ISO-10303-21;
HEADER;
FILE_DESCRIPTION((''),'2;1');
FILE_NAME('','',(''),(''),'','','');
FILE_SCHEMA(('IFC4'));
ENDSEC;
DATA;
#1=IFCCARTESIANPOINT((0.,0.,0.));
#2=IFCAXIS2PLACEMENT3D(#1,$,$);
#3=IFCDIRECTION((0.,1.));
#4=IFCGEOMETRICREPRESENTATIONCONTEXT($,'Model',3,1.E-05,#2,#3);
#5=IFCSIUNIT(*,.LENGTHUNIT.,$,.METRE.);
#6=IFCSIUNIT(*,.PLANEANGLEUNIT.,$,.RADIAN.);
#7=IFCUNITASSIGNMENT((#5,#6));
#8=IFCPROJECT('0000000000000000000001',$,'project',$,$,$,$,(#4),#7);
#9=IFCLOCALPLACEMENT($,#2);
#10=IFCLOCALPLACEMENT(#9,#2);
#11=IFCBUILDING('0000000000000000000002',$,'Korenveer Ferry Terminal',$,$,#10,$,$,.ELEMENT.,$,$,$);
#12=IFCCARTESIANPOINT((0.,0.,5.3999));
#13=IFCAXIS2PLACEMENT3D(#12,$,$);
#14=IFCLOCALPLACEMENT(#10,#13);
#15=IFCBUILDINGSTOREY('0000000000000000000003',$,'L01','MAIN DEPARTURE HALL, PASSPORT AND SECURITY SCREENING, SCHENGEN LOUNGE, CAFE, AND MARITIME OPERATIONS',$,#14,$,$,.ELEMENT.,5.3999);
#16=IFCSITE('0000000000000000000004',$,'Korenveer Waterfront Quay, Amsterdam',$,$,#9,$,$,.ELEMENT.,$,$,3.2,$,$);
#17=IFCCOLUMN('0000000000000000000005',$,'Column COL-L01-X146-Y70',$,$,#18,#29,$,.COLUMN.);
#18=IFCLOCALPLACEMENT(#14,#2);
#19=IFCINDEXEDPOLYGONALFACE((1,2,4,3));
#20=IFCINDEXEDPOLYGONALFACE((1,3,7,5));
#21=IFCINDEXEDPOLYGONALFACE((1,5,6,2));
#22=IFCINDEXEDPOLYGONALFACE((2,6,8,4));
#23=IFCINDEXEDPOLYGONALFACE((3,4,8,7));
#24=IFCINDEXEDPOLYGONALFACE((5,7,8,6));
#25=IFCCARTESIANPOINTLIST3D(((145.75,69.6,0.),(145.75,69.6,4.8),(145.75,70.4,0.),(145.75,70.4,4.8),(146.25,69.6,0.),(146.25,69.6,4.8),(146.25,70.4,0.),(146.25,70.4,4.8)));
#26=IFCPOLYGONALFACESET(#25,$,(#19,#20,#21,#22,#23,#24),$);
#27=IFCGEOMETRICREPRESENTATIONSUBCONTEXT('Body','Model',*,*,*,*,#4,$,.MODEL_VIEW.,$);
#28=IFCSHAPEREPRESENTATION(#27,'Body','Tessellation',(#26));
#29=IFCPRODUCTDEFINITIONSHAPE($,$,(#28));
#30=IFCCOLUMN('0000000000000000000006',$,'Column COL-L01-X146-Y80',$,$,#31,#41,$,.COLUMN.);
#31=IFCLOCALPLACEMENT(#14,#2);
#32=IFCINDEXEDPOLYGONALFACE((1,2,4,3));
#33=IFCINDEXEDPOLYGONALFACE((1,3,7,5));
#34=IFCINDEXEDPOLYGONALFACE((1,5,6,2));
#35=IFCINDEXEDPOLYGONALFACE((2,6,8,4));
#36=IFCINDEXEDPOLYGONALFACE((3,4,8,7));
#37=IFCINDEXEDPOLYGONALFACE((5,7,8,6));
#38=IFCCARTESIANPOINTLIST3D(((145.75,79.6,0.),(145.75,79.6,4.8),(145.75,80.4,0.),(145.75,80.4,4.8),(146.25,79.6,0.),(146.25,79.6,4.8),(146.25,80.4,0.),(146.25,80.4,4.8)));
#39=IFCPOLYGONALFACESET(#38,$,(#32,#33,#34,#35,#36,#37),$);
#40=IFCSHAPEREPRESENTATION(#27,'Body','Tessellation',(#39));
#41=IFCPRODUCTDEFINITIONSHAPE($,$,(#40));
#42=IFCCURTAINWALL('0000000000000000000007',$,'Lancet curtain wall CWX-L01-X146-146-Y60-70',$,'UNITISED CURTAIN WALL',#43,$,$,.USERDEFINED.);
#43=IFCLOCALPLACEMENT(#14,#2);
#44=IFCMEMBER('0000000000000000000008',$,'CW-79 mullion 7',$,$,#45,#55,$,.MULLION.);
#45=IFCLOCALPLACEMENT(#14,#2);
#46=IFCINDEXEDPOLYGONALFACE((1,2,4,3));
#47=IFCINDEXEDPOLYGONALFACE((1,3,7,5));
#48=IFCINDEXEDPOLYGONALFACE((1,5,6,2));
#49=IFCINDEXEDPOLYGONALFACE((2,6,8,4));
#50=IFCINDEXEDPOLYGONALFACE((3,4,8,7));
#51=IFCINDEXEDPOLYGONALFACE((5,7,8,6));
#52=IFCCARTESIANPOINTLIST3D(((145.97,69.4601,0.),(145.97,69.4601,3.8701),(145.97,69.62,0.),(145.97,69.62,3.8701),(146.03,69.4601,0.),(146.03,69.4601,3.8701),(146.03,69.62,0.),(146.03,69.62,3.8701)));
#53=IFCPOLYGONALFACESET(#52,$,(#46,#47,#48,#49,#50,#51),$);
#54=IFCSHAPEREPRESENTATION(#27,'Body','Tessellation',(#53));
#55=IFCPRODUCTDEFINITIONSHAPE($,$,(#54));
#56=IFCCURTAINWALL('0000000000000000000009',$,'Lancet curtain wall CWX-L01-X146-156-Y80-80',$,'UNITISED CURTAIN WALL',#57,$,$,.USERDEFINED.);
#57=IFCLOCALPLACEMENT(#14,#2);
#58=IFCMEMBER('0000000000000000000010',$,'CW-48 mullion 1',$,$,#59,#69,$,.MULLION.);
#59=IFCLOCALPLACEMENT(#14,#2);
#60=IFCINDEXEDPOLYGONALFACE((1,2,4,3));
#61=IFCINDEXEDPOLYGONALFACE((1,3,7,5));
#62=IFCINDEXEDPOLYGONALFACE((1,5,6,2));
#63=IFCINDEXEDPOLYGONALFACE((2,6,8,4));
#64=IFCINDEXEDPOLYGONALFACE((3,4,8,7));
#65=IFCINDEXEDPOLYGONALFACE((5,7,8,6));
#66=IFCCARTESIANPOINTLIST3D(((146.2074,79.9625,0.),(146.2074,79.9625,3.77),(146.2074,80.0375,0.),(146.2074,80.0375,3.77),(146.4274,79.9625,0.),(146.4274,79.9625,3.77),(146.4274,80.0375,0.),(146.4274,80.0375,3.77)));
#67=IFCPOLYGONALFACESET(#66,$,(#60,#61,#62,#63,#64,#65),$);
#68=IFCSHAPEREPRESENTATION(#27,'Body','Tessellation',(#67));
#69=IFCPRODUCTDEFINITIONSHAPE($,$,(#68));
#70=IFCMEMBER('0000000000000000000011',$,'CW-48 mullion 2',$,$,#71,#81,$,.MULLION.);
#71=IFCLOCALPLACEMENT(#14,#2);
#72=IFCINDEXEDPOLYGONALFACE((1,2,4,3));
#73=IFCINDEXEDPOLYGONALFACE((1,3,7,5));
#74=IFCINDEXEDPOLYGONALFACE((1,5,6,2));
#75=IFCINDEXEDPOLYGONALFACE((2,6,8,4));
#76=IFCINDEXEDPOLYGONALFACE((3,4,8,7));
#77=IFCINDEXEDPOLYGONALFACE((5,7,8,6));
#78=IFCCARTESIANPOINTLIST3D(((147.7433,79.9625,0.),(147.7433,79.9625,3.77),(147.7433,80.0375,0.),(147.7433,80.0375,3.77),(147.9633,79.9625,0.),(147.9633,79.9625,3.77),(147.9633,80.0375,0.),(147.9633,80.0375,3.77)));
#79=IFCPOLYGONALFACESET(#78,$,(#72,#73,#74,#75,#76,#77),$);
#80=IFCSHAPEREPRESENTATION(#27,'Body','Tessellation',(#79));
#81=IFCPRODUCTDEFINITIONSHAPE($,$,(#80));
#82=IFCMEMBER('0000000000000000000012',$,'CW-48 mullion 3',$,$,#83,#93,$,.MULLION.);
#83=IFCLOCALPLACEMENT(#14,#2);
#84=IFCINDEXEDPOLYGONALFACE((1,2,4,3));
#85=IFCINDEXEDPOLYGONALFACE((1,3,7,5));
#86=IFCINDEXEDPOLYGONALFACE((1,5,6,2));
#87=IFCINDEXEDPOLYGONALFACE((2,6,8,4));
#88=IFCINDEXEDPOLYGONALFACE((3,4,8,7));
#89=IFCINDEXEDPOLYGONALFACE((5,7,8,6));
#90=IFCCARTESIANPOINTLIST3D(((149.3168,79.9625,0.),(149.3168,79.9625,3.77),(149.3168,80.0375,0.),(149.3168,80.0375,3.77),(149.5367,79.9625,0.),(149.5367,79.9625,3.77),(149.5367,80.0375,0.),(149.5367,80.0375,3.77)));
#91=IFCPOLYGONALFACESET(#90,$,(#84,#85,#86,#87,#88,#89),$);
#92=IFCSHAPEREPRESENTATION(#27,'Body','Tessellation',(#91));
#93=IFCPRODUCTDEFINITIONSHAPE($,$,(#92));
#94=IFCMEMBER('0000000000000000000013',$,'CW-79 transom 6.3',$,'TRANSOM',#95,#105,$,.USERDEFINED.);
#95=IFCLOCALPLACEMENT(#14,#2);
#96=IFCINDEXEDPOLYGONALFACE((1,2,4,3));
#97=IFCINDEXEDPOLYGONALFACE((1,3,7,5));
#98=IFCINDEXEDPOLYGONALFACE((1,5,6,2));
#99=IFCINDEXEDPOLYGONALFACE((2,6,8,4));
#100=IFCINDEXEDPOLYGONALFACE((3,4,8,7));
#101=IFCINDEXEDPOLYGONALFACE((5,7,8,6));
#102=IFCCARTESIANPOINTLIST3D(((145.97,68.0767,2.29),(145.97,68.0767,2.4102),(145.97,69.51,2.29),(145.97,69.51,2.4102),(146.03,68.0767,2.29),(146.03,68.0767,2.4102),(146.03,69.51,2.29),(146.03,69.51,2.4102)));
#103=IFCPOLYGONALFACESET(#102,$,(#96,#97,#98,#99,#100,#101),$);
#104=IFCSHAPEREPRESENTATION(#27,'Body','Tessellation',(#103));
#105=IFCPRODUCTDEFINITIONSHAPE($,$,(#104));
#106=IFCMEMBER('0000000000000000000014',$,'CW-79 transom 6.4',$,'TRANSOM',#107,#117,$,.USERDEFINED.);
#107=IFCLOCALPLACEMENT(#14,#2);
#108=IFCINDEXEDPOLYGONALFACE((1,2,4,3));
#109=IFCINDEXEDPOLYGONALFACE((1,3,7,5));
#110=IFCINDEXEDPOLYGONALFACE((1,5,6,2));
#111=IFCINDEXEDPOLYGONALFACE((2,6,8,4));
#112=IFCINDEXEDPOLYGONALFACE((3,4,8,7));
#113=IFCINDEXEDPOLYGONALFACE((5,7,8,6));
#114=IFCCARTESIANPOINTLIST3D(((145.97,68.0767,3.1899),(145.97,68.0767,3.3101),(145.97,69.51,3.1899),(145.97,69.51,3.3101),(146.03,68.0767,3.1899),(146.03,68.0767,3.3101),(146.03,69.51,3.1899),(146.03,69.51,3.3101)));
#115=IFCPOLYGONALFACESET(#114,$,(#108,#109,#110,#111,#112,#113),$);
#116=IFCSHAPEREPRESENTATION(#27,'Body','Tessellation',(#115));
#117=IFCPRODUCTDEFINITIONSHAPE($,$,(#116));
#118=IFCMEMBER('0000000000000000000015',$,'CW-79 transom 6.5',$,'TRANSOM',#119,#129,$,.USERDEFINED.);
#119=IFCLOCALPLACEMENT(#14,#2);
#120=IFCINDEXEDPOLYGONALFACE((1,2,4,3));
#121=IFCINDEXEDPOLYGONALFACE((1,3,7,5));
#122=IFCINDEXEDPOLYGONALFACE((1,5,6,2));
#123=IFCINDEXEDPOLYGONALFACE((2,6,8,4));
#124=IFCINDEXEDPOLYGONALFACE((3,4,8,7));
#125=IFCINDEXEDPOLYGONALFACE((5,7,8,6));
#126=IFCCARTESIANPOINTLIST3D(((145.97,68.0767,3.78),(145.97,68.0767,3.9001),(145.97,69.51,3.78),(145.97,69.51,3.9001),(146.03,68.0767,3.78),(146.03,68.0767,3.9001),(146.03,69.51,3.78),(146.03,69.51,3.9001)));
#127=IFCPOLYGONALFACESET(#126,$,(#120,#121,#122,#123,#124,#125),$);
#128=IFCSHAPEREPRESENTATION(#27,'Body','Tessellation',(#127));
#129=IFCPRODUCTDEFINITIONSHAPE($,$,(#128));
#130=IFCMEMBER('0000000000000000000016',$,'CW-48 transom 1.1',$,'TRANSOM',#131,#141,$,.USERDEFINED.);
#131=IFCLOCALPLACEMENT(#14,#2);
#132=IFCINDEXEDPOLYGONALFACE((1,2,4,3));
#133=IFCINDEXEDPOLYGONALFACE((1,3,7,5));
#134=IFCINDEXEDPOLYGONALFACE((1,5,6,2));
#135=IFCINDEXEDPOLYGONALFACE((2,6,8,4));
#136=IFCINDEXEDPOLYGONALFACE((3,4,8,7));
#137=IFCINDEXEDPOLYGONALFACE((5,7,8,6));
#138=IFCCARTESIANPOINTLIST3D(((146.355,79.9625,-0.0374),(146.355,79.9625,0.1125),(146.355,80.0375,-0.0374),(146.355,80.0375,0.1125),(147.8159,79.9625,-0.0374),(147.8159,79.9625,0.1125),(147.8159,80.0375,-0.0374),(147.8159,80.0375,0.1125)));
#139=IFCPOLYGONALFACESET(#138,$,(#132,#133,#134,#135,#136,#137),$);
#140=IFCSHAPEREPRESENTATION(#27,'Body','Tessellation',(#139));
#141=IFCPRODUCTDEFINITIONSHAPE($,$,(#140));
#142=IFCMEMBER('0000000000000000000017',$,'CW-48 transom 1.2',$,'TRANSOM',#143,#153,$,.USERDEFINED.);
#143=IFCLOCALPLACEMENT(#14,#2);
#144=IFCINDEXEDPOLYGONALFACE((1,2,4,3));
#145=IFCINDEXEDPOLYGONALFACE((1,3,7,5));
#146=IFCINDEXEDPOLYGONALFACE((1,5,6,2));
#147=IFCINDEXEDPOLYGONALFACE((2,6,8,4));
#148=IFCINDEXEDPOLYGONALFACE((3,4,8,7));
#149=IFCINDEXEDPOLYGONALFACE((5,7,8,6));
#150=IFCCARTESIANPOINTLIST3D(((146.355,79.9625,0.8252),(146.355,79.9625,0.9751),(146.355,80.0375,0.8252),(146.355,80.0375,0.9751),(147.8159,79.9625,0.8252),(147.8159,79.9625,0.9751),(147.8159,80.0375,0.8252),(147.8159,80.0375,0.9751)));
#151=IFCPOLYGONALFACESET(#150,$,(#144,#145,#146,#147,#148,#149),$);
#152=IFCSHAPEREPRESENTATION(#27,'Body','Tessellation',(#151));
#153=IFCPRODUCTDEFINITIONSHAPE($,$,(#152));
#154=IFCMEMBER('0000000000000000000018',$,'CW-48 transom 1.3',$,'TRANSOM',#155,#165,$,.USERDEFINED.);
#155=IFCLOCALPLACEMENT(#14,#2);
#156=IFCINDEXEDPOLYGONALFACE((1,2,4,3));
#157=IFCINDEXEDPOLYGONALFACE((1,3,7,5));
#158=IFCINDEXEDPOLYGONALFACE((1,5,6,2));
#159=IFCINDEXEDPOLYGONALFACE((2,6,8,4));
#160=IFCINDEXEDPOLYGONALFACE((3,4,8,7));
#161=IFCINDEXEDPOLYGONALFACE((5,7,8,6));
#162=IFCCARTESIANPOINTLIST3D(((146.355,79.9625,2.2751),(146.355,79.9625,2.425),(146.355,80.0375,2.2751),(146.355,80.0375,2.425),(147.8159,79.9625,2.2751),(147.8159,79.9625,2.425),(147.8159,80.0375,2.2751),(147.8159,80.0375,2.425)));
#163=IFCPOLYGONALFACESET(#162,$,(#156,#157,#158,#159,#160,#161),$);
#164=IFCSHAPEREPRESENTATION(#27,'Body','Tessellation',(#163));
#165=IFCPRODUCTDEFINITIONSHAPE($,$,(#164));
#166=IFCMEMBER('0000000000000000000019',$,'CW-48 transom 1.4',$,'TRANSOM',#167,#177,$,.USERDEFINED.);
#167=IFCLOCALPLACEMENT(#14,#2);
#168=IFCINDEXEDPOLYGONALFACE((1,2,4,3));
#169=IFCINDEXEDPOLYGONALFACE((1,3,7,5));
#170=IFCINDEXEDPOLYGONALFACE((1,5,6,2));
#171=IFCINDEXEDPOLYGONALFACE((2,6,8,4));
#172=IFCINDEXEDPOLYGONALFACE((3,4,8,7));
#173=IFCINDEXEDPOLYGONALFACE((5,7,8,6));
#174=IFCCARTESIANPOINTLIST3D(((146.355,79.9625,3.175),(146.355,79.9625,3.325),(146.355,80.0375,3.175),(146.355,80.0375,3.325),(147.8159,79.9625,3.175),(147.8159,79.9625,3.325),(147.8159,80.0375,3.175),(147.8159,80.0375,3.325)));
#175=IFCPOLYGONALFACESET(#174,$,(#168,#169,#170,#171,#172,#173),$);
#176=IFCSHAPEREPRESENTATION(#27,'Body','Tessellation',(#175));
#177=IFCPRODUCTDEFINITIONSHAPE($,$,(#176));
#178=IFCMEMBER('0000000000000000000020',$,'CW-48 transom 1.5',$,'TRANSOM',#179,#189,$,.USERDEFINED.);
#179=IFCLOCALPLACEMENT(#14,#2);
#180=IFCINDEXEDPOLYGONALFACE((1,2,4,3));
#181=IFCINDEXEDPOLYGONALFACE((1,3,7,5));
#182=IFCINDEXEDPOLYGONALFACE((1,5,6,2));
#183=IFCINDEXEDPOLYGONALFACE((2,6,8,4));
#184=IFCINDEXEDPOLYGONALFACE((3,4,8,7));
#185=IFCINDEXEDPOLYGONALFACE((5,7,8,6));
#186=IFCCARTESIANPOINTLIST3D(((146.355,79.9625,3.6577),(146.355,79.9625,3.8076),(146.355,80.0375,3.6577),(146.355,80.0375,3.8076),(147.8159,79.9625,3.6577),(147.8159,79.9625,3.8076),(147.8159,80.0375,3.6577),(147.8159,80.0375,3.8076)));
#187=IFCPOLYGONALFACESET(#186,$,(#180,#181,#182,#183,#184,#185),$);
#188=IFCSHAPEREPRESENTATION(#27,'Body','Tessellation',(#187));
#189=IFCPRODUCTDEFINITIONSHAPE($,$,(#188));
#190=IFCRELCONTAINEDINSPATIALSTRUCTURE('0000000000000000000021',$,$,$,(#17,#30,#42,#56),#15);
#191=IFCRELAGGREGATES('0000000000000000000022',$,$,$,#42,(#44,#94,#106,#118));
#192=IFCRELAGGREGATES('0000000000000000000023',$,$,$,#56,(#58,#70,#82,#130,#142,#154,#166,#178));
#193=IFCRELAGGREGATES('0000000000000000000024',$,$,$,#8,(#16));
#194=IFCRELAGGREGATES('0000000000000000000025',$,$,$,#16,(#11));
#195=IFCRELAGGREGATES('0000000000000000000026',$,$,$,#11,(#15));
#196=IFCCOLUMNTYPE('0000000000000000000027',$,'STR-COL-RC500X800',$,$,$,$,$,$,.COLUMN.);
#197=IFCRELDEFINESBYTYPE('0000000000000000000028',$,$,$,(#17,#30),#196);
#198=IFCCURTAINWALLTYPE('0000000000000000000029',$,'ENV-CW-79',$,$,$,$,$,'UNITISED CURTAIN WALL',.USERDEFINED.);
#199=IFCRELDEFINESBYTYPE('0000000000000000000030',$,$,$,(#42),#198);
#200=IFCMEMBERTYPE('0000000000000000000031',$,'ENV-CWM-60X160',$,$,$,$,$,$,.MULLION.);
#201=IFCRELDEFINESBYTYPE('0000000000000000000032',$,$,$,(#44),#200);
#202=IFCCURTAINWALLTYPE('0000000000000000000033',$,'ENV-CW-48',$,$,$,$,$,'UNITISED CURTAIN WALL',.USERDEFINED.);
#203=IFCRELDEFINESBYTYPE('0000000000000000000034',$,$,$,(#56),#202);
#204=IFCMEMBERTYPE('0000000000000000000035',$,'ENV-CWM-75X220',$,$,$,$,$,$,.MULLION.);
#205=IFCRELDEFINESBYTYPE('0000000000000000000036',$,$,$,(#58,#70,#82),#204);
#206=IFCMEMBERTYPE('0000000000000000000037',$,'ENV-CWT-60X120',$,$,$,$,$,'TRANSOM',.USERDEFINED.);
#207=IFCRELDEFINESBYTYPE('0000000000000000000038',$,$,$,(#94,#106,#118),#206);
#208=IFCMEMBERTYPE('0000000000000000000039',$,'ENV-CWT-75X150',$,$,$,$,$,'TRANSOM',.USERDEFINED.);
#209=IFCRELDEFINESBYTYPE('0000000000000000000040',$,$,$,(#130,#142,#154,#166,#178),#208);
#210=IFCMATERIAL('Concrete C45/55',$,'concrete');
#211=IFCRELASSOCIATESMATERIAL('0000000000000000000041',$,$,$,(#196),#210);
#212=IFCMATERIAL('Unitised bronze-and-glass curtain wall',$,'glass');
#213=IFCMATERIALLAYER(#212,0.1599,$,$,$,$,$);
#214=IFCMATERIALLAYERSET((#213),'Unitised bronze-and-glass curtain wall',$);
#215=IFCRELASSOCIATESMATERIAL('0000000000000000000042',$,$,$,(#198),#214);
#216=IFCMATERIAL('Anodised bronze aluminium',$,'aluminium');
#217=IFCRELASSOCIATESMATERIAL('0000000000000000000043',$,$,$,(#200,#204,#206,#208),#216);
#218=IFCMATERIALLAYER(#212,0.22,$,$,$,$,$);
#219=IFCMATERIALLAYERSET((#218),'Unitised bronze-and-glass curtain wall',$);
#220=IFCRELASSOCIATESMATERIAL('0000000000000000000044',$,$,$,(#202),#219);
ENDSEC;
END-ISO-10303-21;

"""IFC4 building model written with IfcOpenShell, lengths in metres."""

from ifc_helpers import new_model, si_unit, direction, frame, origin, origin_2d, place, context, subcontext, project, spatial, rectangle, extrude, material, layer, layer_set, material_profile, profile_set, type_object, element, aggregate, save


model = new_model("IFC4")

# Units and contexts
model_context = context("Model", 3, precision=1e-05, world=origin(), true_north=direction((0.0, 1.0)))
body_context = subcontext(model_context, "Body", "Model", "MODEL_VIEW")
ifc_project = project(units=[si_unit("LENGTHUNIT", "METRE"), si_unit("PLANEANGLEUNIT", "RADIAN")], contexts=[model_context])

# Site, building, storey
site_placement = place(None, origin())
site = spatial("IfcSite", under=ifc_project, at=site_placement, Name="Korenveer Waterfront Quay, Amsterdam", CompositionType="ELEMENT", RefElevation=3.2)
building_placement = place(site_placement, origin())
building = spatial("IfcBuilding", under=site, at=building_placement, Name="Korenveer Ferry Terminal", CompositionType="ELEMENT")
storey_placement = place(building_placement, frame((0.0, 0.0, 5.3999)))
storey = spatial("IfcBuildingStorey", under=building, at=storey_placement, Name="L01", Description="MAIN DEPARTURE HALL, PASSPORT AND SECURITY SCREENING, SCHENGEN LOUNGE, CAFE, AND MARITIME OPERATIONS", CompositionType="ELEMENT", Elevation=5.3999)

# Columns
ifc_material_1 = material(Name="Concrete C45/55", Category="concrete")
ifc_material_profile_1 = material_profile(ifc_material_1, rectangle(XDim=0.5, YDim=0.8, at=origin_2d()), Name="RC 500x800")
ifc_profile_set_1 = profile_set([ifc_material_profile_1], Name="Concrete C45/55")
column_type = type_object("IfcColumnType", Name="STR-COL-RC500X800", PredefinedType="COLUMN", material=ifc_profile_set_1)
for number, where, z_axis, x_axis, name in (
    (1, (146.0, 70.0, 0.0), (0.0, 0.0, 1.0), (1.0, 0.0, 0.0), "Column COL-L01-X146-Y70"),
    (2, (146.0, 80.0, 0.0), (0.0, 0.0, 1.0), (1.0, 0.0, 0.0), "Column COL-L01-X146-Y80"),
):
    element("IfcColumn", number, at=place(storey_placement, frame(where, z_axis=z_axis, x_axis=x_axis)), inside=storey, type_object=column_type, Name=name, PredefinedType="COLUMN", context=body_context, shape_type="SweptSolid", body=[
        extrude(rectangle(XDim=0.5, YDim=0.8, at=origin_2d()), origin(), (0.0, 0.0, 1.0), 4.8),
    ])

# Curtain wall, member
ifc_material_2 = material(Name="Unitised bronze-and-glass curtain wall", Category="glass")
ifc_layer_1 = layer(ifc_material_2, 0.1599)
ifc_layer_set_1 = layer_set([ifc_layer_1], Name="Unitised bronze-and-glass curtain wall")
curtain_wall_type_1 = type_object("IfcCurtainWallType", Name="ENV-CW-79", ElementType="UNITISED CURTAIN WALL", PredefinedType="USERDEFINED", material=ifc_layer_set_1)
curtain_wall_1_placement = place(storey_placement, frame((146.0, 60.4299, 0.0)))
curtain_wall_1 = element("IfcCurtainWall", 3, at=curtain_wall_1_placement, inside=storey, type_object=curtain_wall_type_1, Name="Lancet curtain wall CWX-L01-X146-146-Y60-70", ObjectType="UNITISED CURTAIN WALL", PredefinedType="USERDEFINED")
ifc_material_3 = material(Name="Anodised bronze aluminium", Category="aluminium")
ifc_material_profile_2 = material_profile(ifc_material_3, rectangle(XDim=0.0601, YDim=0.1599, at=origin_2d()), Name="ALU 60x160")
ifc_profile_set_2 = profile_set([ifc_material_profile_2], Name="Anodised bronze aluminium")
member_type_1 = type_object("IfcMemberType", Name="ENV-CWM-60X160", PredefinedType="MULLION", material=ifc_profile_set_2)
member_1_placement = place(storey_placement, frame((146.0, 69.54, 0.0), z_axis=(0.0, 0.0, 1.0), x_axis=(-1.0, 0.0, 0.0)))
member_1 = element("IfcMember", 4, at=member_1_placement, type_object=member_type_1, Name="CW-79 mullion 7", PredefinedType="MULLION", context=body_context, shape_type="SweptSolid", body=[
    extrude(rectangle(XDim=0.0601, YDim=0.1599, at=origin_2d()), origin(), (0.0, 0.0, 1.0), 3.8701),
])

# Curtain wall, members
ifc_layer_2 = layer(ifc_material_2, 0.22)
ifc_layer_set_2 = layer_set([ifc_layer_2], Name="Unitised bronze-and-glass curtain wall")
curtain_wall_type_2 = type_object("IfcCurtainWallType", Name="ENV-CW-48", ElementType="UNITISED CURTAIN WALL", PredefinedType="USERDEFINED", material=ifc_layer_set_2)
curtain_wall_2_placement = place(storey_placement, frame((146.28, 80.0, 0.0)))
curtain_wall_2 = element("IfcCurtainWall", 5, at=curtain_wall_2_placement, inside=storey, type_object=curtain_wall_type_2, Name="Lancet curtain wall CWX-L01-X146-156-Y80-80", ObjectType="UNITISED CURTAIN WALL", PredefinedType="USERDEFINED")
ifc_material_profile_3 = material_profile(ifc_material_3, rectangle(XDim=0.075, YDim=0.22, at=origin_2d()), Name="ALU 75x220")
ifc_profile_set_3 = profile_set([ifc_material_profile_3], Name="Anodised bronze aluminium")
member_type_2 = type_object("IfcMemberType", Name="ENV-CWM-75X220", PredefinedType="MULLION", material=ifc_profile_set_3)
member_2_placement = place(storey_placement, frame((146.3174, 80.0, 0.0), z_axis=(0.0, 0.0, 1.0), x_axis=(0.0, 1.0, 0.0)))
member_2 = element("IfcMember", 6, at=member_2_placement, type_object=member_type_2, Name="CW-48 mullion 1", PredefinedType="MULLION", context=body_context, shape_type="SweptSolid", body=[
    extrude(rectangle(XDim=0.075, YDim=0.22, at=origin_2d()), origin(), (0.0, 0.0, 1.0), 3.77),
])
member_3_placement = place(storey_placement, frame((147.8533, 80.0, 0.0), z_axis=(0.0, 0.0, 1.0), x_axis=(0.0, 1.0, 0.0)))
member_3 = element("IfcMember", 7, at=member_3_placement, type_object=member_type_2, Name="CW-48 mullion 2", PredefinedType="MULLION", context=body_context, shape_type="SweptSolid", body=[
    extrude(rectangle(XDim=0.075, YDim=0.22, at=origin_2d()), origin(), (0.0, 0.0, 1.0), 3.77),
])
member_4_placement = place(storey_placement, frame((149.4268, 80.0, 0.0), z_axis=(0.0, 0.0, 1.0), x_axis=(0.0, 1.0, 0.0)))
member_4 = element("IfcMember", 8, at=member_4_placement, type_object=member_type_2, Name="CW-48 mullion 3", PredefinedType="MULLION", context=body_context, shape_type="SweptSolid", body=[
    extrude(rectangle(XDim=0.075, YDim=0.22, at=origin_2d()), origin(), (0.0, 0.0, 1.0), 3.77),
])

# Members
ifc_material_profile_4 = material_profile(ifc_material_3, rectangle(XDim=0.0601, YDim=0.1201, at=origin_2d()), Name="ALU 60x120")
ifc_profile_set_4 = profile_set([ifc_material_profile_4], Name="Anodised bronze aluminium")
member_type_3 = type_object("IfcMemberType", Name="ENV-CWT-60X120", ElementType="TRANSOM", PredefinedType="USERDEFINED", material=ifc_profile_set_4)
member_5_placement = place(storey_placement, frame((146.0, 68.0767, 2.3501), z_axis=(0.0, 1.0, 0.0), x_axis=(-1.0, 0.0, 0.0)))
member_5 = element("IfcMember", 9, at=member_5_placement, type_object=member_type_3, Name="CW-79 transom 6.3", ObjectType="TRANSOM", PredefinedType="USERDEFINED", context=body_context, shape_type="SweptSolid", body=[
    extrude(rectangle(XDim=0.0601, YDim=0.1201, at=origin_2d()), origin(), (0.0, 0.0, 1.0), 1.4333),
])
member_6_placement = place(storey_placement, frame((146.0, 68.0767, 3.25), z_axis=(0.0, 1.0, 0.0), x_axis=(-1.0, 0.0, 0.0)))
member_6 = element("IfcMember", 10, at=member_6_placement, type_object=member_type_3, Name="CW-79 transom 6.4", ObjectType="TRANSOM", PredefinedType="USERDEFINED", context=body_context, shape_type="SweptSolid", body=[
    extrude(rectangle(XDim=0.0601, YDim=0.1201, at=origin_2d()), origin(), (0.0, 0.0, 1.0), 1.4333),
])
member_7_placement = place(storey_placement, frame((146.0, 68.0767, 3.8401), z_axis=(0.0, 1.0, 0.0), x_axis=(-1.0, 0.0, 0.0)))
member_7 = element("IfcMember", 11, at=member_7_placement, type_object=member_type_3, Name="CW-79 transom 6.5", ObjectType="TRANSOM", PredefinedType="USERDEFINED", context=body_context, shape_type="SweptSolid", body=[
    extrude(rectangle(XDim=0.0601, YDim=0.1201, at=origin_2d()), origin(), (0.0, 0.0, 1.0), 1.4333),
])
ifc_material_profile_5 = material_profile(ifc_material_3, rectangle(XDim=0.075, YDim=0.1499, at=origin_2d()), Name="ALU 75x150")
ifc_profile_set_5 = profile_set([ifc_material_profile_5], Name="Anodised bronze aluminium")
member_type_4 = type_object("IfcMemberType", Name="ENV-CWT-75X150", ElementType="TRANSOM", PredefinedType="USERDEFINED", material=ifc_profile_set_5)
member_8_placement = place(storey_placement, frame((146.355, 80.0, 0.0376), z_axis=(1.0, 0.0, 0.0), x_axis=(0.0, 1.0, 0.0)))
member_8 = element("IfcMember", 12, at=member_8_placement, type_object=member_type_4, Name="CW-48 transom 1.1", ObjectType="TRANSOM", PredefinedType="USERDEFINED", context=body_context, shape_type="SweptSolid", body=[
    extrude(rectangle(XDim=0.075, YDim=0.1499, at=origin_2d()), origin(), (0.0, 0.0, 1.0), 1.4609),
])
member_9_placement = place(storey_placement, frame((146.355, 80.0, 0.9001), z_axis=(1.0, 0.0, 0.0), x_axis=(0.0, 1.0, 0.0)))
member_9 = element("IfcMember", 13, at=member_9_placement, type_object=member_type_4, Name="CW-48 transom 1.2", ObjectType="TRANSOM", PredefinedType="USERDEFINED", context=body_context, shape_type="SweptSolid", body=[
    extrude(rectangle(XDim=0.075, YDim=0.1499, at=origin_2d()), origin(), (0.0, 0.0, 1.0), 1.4609),
])
member_10_placement = place(storey_placement, frame((146.355, 80.0, 2.3501), z_axis=(1.0, 0.0, 0.0), x_axis=(0.0, 1.0, 0.0)))
member_10 = element("IfcMember", 14, at=member_10_placement, type_object=member_type_4, Name="CW-48 transom 1.3", ObjectType="TRANSOM", PredefinedType="USERDEFINED", context=body_context, shape_type="SweptSolid", body=[
    extrude(rectangle(XDim=0.075, YDim=0.1499, at=origin_2d()), origin(), (0.0, 0.0, 1.0), 1.4609),
])
member_11_placement = place(storey_placement, frame((146.355, 80.0, 3.25), z_axis=(1.0, 0.0, 0.0), x_axis=(0.0, 1.0, 0.0)))
member_11 = element("IfcMember", 15, at=member_11_placement, type_object=member_type_4, Name="CW-48 transom 1.4", ObjectType="TRANSOM", PredefinedType="USERDEFINED", context=body_context, shape_type="SweptSolid", body=[
    extrude(rectangle(XDim=0.075, YDim=0.1499, at=origin_2d()), origin(), (0.0, 0.0, 1.0), 1.4609),
])
member_12_placement = place(storey_placement, frame((146.355, 80.0, 3.7327), z_axis=(1.0, 0.0, 0.0), x_axis=(0.0, 1.0, 0.0)))
member_12 = element("IfcMember", 16, at=member_12_placement, type_object=member_type_4, Name="CW-48 transom 1.5", ObjectType="TRANSOM", PredefinedType="USERDEFINED", context=body_context, shape_type="SweptSolid", body=[
    extrude(rectangle(XDim=0.075, YDim=0.1499, at=origin_2d()), origin(), (0.0, 0.0, 1.0), 1.4609),
])

aggregate(curtain_wall_1, [member_1, member_5, member_6, member_7])
aggregate(curtain_wall_2, [member_2, member_3, member_4, member_8, member_9, member_10, member_11, member_12])

save(model, "model.ifc")
